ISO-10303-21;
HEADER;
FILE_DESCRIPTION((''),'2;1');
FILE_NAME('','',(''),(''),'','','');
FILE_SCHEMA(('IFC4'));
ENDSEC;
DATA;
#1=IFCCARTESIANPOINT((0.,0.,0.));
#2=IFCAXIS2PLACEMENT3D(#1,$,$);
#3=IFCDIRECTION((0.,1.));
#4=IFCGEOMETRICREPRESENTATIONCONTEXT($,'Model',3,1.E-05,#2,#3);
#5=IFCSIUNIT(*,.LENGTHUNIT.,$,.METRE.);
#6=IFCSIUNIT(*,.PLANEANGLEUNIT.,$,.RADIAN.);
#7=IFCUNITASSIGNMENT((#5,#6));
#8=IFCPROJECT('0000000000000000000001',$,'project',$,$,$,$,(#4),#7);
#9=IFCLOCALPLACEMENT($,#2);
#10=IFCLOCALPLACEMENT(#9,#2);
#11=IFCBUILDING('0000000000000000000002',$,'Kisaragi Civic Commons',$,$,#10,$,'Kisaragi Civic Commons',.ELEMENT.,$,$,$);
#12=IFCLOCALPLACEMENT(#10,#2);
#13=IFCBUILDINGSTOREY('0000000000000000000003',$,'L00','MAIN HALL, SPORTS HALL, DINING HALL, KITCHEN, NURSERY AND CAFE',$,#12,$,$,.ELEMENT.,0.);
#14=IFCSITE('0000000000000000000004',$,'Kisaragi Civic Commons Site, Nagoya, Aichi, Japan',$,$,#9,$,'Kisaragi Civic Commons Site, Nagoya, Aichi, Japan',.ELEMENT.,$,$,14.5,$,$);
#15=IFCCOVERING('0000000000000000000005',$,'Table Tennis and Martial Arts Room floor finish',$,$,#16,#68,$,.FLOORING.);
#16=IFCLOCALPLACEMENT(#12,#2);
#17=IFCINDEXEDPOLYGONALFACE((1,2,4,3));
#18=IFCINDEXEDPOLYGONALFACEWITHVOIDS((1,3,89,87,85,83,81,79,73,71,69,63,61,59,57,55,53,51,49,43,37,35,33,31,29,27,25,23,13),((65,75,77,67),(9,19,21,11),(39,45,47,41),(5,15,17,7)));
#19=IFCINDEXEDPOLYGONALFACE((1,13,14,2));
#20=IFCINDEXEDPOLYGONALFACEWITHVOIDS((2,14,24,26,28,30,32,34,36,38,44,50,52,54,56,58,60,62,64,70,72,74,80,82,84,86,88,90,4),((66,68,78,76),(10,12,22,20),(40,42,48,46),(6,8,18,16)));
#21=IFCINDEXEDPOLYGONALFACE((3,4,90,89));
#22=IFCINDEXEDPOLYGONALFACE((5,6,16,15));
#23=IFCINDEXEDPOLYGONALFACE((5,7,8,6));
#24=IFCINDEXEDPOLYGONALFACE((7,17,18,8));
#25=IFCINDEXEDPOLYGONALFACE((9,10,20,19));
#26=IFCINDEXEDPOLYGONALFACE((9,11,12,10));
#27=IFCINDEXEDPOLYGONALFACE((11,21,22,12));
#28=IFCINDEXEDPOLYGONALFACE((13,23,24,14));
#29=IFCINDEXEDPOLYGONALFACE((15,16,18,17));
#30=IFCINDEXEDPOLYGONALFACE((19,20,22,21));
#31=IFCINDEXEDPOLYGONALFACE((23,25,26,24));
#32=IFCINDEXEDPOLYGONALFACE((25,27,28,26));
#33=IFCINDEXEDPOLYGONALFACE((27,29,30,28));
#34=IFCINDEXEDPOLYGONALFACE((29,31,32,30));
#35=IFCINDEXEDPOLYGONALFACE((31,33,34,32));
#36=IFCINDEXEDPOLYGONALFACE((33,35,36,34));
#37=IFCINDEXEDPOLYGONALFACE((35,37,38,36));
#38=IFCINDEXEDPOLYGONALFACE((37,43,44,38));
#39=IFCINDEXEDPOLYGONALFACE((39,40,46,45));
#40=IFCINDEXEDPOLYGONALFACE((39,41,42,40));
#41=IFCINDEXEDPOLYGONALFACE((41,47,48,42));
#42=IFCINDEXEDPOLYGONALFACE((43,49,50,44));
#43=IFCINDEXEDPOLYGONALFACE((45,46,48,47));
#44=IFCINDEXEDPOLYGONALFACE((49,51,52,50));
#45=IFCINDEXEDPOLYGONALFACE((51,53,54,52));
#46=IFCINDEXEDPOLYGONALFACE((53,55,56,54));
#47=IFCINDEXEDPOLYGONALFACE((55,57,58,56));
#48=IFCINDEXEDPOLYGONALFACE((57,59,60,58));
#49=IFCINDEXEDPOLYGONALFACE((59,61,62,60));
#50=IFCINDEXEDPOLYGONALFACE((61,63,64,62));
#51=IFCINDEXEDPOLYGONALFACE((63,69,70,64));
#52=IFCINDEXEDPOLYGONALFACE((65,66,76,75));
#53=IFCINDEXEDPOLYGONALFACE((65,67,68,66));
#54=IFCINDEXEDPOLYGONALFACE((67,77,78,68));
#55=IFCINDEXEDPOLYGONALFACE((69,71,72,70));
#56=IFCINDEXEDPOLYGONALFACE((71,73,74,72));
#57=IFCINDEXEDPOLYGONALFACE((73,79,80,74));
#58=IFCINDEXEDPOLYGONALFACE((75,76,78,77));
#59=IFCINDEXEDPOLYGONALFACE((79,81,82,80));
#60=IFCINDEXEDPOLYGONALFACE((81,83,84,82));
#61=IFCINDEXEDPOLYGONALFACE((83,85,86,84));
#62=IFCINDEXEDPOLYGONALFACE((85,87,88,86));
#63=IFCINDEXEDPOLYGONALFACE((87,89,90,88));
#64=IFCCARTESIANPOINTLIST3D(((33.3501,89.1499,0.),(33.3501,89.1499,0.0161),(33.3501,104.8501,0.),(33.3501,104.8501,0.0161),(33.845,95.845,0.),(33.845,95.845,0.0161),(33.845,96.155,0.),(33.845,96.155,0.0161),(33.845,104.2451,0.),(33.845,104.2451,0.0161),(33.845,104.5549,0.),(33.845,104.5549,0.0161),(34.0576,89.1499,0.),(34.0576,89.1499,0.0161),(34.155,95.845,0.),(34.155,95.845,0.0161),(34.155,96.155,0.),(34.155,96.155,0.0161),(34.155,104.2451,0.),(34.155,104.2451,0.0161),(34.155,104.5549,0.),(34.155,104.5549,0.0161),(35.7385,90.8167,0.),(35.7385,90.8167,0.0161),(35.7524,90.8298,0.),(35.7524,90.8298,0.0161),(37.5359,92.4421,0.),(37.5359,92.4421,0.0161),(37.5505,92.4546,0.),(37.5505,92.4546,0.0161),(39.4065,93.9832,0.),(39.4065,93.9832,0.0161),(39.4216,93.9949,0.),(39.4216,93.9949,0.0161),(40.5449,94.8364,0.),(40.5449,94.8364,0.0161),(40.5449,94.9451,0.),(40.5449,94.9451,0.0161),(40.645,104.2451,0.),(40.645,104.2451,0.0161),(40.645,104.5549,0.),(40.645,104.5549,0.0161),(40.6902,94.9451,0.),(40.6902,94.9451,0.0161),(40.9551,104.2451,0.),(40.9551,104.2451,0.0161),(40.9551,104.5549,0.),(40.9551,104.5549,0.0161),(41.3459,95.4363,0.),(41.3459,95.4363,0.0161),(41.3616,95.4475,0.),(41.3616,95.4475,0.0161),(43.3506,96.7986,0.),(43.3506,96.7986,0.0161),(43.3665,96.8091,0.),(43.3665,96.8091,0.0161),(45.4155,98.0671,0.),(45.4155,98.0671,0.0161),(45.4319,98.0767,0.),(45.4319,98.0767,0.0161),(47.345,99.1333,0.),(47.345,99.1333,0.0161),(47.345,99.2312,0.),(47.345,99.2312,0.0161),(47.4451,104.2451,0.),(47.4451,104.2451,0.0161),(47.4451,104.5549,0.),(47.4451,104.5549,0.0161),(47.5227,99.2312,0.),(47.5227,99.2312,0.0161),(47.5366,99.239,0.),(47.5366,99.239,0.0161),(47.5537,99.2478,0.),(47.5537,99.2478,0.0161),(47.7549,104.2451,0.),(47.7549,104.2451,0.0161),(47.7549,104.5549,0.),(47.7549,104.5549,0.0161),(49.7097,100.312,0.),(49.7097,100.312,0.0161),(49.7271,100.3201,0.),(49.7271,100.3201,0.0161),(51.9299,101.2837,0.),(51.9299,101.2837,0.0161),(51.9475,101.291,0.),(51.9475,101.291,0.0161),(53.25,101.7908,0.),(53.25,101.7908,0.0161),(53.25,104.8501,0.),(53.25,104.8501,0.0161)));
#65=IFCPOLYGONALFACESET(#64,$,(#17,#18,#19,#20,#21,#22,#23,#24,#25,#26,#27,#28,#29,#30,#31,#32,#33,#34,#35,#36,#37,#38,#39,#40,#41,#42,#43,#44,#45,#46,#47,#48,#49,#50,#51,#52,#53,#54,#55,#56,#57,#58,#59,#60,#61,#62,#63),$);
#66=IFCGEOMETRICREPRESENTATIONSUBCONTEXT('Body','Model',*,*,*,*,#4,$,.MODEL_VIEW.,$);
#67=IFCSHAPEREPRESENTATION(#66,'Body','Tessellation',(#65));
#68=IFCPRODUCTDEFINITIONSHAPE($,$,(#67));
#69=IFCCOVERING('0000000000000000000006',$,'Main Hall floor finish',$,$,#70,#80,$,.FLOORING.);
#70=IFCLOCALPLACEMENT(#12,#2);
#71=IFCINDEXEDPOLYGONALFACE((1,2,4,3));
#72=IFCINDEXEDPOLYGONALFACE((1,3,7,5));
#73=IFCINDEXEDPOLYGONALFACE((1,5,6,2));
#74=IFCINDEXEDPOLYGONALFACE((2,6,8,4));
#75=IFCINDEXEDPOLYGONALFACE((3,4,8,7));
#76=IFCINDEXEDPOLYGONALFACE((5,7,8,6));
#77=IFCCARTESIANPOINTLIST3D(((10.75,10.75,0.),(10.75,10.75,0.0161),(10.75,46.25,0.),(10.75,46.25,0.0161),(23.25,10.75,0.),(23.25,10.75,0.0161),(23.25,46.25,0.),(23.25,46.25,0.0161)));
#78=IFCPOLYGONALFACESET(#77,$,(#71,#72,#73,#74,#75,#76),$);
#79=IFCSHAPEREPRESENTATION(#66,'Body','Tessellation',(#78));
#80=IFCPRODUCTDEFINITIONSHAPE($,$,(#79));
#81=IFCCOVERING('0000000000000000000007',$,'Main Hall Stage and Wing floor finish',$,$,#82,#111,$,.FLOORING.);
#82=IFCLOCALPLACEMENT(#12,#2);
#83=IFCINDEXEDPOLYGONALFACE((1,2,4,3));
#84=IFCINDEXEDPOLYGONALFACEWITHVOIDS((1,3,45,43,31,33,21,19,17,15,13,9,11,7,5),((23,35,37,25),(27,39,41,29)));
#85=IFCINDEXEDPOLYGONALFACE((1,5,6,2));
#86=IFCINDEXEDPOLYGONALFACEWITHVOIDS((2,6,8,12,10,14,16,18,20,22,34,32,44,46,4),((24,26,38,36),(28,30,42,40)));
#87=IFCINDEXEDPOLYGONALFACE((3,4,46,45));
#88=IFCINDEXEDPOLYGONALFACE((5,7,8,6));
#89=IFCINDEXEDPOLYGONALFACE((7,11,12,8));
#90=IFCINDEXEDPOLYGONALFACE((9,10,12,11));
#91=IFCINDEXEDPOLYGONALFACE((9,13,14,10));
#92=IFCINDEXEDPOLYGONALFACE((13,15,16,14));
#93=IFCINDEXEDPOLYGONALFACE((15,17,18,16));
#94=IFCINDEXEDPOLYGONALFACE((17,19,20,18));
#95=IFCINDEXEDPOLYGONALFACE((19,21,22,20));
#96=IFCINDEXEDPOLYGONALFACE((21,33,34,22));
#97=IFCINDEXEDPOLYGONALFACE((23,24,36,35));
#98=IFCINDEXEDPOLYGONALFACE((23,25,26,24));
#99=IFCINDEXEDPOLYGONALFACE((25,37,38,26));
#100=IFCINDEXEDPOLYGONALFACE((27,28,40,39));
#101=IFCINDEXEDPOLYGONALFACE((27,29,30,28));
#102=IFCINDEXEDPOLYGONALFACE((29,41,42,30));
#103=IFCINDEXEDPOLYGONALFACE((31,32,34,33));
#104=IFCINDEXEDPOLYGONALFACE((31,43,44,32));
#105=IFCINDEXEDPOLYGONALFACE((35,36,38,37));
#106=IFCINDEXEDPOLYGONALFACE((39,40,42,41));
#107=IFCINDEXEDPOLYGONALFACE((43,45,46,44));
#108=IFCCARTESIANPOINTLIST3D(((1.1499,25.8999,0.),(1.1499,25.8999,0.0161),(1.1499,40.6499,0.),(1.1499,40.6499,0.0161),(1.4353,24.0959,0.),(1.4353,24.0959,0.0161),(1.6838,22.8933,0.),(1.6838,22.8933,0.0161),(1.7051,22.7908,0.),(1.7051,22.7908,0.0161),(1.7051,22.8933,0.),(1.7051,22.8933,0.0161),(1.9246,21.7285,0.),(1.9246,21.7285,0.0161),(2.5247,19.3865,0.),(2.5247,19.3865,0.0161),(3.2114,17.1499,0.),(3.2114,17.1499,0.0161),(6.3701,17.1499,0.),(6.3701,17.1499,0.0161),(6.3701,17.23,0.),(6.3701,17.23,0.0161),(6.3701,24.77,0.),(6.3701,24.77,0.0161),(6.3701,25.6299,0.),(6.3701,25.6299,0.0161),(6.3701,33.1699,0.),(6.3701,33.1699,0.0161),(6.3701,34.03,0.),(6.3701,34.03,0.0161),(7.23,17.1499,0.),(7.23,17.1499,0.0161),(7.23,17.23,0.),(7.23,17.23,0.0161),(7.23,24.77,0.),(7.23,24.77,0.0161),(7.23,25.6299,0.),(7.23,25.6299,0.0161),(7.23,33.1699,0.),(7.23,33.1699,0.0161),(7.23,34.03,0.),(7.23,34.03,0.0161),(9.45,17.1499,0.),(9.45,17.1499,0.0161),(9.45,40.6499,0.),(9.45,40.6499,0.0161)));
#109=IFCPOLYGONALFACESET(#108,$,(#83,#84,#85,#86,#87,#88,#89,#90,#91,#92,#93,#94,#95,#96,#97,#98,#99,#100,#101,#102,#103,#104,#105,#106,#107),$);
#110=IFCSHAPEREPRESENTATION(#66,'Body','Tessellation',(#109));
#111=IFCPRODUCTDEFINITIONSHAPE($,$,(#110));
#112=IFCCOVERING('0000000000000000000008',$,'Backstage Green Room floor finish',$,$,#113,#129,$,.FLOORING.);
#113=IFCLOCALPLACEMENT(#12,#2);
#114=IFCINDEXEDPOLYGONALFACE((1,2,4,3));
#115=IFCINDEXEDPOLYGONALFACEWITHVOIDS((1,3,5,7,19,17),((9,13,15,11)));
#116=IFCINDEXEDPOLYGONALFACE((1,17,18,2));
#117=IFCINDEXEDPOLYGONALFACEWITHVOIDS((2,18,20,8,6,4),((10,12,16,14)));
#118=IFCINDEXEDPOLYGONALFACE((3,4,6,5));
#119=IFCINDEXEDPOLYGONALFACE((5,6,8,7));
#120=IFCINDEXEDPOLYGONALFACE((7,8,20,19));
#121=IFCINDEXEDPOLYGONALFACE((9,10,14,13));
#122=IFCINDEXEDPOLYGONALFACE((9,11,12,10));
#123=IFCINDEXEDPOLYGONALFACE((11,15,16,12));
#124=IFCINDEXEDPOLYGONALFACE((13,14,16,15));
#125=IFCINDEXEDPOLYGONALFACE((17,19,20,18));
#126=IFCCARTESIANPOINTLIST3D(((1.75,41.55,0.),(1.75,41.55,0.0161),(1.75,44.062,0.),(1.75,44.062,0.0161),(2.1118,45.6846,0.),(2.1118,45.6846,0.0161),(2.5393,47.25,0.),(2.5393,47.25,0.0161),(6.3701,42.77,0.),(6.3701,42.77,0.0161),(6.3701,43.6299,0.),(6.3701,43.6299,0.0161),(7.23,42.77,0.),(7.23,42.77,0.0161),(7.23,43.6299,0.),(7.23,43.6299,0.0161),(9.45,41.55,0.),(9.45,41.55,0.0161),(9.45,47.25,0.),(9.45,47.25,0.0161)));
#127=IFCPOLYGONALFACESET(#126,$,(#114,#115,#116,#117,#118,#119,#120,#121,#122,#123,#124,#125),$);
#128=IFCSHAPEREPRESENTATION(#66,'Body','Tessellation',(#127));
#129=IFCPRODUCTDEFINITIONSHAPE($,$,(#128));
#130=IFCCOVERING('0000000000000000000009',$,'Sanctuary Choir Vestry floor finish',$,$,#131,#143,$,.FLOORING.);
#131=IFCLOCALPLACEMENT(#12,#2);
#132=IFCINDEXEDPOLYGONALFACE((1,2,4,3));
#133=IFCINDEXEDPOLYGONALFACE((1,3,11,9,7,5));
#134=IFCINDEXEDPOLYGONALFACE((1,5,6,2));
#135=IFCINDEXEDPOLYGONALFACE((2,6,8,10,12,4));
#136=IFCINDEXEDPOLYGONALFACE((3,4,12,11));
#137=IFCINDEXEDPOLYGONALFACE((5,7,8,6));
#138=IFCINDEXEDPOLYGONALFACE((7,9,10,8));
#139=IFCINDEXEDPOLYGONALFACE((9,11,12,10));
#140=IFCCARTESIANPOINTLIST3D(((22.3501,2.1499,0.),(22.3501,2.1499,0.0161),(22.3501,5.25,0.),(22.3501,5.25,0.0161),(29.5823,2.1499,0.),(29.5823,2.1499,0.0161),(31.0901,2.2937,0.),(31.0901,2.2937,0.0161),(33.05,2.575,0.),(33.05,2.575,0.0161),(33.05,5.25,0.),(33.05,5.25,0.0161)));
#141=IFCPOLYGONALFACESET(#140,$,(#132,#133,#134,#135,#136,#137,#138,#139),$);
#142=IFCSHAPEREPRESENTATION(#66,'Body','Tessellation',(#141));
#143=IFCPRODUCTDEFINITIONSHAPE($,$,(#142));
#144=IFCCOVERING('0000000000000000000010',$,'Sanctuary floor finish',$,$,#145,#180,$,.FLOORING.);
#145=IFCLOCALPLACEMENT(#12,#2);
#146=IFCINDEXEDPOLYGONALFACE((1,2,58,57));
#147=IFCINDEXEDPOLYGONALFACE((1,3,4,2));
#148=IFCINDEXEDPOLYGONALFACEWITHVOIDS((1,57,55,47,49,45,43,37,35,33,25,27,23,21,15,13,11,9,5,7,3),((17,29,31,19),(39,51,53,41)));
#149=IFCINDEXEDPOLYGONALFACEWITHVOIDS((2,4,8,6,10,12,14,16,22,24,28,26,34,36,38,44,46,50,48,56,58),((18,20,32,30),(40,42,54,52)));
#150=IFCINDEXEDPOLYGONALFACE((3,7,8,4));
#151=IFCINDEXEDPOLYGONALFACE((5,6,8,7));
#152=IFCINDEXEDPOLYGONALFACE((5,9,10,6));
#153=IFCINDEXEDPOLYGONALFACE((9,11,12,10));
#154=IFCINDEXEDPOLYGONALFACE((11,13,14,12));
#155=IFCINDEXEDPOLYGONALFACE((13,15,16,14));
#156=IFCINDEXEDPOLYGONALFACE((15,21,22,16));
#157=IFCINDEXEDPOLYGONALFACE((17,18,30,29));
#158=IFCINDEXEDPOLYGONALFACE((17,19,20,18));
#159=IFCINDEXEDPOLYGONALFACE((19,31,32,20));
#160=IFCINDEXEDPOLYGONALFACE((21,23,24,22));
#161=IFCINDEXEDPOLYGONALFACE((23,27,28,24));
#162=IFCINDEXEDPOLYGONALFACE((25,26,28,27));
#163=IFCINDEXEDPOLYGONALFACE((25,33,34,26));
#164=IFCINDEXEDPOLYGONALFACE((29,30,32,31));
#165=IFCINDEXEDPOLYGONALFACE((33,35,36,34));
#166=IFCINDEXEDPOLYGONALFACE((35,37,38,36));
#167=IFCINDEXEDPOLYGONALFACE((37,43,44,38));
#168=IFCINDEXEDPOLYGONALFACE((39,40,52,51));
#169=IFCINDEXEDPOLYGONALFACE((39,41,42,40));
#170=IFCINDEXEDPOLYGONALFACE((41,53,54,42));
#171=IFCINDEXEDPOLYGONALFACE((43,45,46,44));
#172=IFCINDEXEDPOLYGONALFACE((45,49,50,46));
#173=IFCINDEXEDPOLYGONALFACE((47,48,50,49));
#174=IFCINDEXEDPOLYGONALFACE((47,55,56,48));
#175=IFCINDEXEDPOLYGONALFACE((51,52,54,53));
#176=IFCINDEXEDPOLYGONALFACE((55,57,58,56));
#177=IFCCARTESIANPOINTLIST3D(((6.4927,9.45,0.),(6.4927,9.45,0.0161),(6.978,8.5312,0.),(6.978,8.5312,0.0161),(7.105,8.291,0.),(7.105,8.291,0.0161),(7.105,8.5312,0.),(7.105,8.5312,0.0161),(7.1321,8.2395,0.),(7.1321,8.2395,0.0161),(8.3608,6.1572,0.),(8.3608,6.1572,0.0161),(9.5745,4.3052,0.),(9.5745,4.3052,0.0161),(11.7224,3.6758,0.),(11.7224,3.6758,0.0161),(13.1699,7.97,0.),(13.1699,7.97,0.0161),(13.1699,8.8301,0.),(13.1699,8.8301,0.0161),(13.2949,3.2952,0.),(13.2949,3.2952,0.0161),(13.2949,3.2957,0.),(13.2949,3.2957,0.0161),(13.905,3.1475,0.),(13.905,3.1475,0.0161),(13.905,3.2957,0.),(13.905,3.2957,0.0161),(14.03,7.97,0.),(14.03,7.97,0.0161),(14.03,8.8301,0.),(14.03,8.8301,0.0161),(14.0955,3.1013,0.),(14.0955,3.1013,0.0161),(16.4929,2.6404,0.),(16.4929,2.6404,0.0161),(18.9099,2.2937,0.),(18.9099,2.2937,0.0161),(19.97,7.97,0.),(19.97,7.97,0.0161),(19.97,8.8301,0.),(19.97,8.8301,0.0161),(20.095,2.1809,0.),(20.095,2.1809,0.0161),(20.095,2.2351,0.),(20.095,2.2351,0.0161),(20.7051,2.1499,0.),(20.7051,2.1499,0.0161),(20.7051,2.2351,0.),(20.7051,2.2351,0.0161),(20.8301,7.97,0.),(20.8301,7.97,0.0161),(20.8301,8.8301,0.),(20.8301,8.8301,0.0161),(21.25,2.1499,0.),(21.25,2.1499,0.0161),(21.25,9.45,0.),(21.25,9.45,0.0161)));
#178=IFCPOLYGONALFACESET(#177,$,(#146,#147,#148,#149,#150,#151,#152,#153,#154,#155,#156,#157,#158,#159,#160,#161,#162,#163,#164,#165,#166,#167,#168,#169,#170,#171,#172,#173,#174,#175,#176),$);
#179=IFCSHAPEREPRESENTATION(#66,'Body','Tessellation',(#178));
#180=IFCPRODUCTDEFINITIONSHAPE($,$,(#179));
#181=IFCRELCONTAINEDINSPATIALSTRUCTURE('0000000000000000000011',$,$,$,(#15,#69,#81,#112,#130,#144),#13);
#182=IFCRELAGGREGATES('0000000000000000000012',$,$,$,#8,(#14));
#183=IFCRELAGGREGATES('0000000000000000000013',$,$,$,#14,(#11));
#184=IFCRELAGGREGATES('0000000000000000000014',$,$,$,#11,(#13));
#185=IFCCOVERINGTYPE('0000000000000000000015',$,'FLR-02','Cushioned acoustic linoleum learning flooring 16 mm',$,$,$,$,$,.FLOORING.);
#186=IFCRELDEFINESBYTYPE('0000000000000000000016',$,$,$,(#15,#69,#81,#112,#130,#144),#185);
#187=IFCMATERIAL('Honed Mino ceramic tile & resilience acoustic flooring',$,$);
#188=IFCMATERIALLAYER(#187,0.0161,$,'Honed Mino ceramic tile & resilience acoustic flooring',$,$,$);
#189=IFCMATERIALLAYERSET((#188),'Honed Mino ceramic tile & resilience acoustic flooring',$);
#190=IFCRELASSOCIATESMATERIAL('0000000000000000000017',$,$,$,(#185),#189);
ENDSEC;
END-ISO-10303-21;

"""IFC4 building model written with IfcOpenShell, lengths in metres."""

from ifc_helpers import new_model, si_unit, direction, origin, place, context, subcontext, project, spatial, polyline, outline, extrude, material, layer, layer_set, type_object, element, save


model = new_model("IFC4")

# Units and contexts
model_context = context("Model", 3, precision=1e-05, world=origin(), true_north=direction((0.0, 1.0)))
body_context = subcontext(model_context, "Body", "Model", "MODEL_VIEW")
ifc_project = project(units=[si_unit("LENGTHUNIT", "METRE"), si_unit("PLANEANGLEUNIT", "RADIAN")], contexts=[model_context])

# Site, building, storey
site_placement = place(None, origin())
site = spatial("IfcSite", under=ifc_project, at=site_placement, Name="Kisaragi Civic Commons Site, Nagoya, Aichi, Japan", LongName="Kisaragi Civic Commons Site, Nagoya, Aichi, Japan", CompositionType="ELEMENT", RefElevation=14.5)
building_placement = place(site_placement, origin())
building = spatial("IfcBuilding", under=site, at=building_placement, Name="Kisaragi Civic Commons", LongName="Kisaragi Civic Commons", CompositionType="ELEMENT")
storey_placement = place(building_placement, origin())
storey = spatial("IfcBuildingStorey", under=building, at=storey_placement, Name="L00", Description="MAIN HALL, SPORTS HALL, DINING HALL, KITCHEN, NURSERY AND CAFE", CompositionType="ELEMENT", Elevation=0.0)

# Coverings
ifc_material_1 = material(Name="Honed Mino ceramic tile & resilience acoustic flooring")
ifc_layer_1 = layer(ifc_material_1, 0.0161, Name="Honed Mino ceramic tile & resilience acoustic flooring")
ifc_layer_set_1 = layer_set([ifc_layer_1], Name="Honed Mino ceramic tile & resilience acoustic flooring")
covering_type_1 = type_object("IfcCoveringType", Name="FLR-02", Description="Cushioned acoustic linoleum learning flooring 16 mm", PredefinedType="FLOORING", material=ifc_layer_set_1)
covering_1_placement = place(storey_placement, origin())
element("IfcCovering", 1, at=covering_1_placement, inside=storey, type_object=covering_type_1, Name="Table Tennis and Martial Arts Room floor finish", PredefinedType="FLOORING", context=body_context, shape_type="SweptSolid", body=[
    extrude(outline(polyline([(33.3501, 104.8501), (33.3501, 89.1499), (34.0576, 89.1499), (35.7385, 90.8167), (35.7524, 90.8298), (37.5359, 92.4421), (37.5505, 92.4546), (39.4065, 93.9832), (39.4216, 93.9949), (40.5449, 94.8364), (40.5449, 94.9451), (40.6902, 94.9451), (41.3459, 95.4363), (41.3616, 95.4475), (43.3506, 96.7986), (43.3665, 96.8091), (45.4155, 98.0671), (45.4319, 98.0767), (47.345, 99.1333), (47.345, 99.2312), (47.5227, 99.2312), (47.5366, 99.239), (47.5537, 99.2478), (49.7097, 100.312), (49.7271, 100.3201), (51.9299, 101.2837), (51.9475, 101.291), (53.25, 101.7908), (53.25, 104.8501), (33.3501, 104.8501)]), holes=[polyline([(34.155, 95.845), (33.845, 95.845), (33.845, 96.155), (34.155, 96.155), (34.155, 95.845)]), polyline([(34.155, 104.2451), (33.845, 104.2451), (33.845, 104.5549), (34.155, 104.5549), (34.155, 104.2451)]), polyline([(47.7549, 104.2451), (47.4451, 104.2451), (47.4451, 104.5549), (47.7549, 104.5549), (47.7549, 104.2451)]), polyline([(40.9551, 104.2451), (40.645, 104.2451), (40.645, 104.5549), (40.9551, 104.5549), (40.9551, 104.2451)])]), origin(), (0.0, 0.0, 1.0), 0.0161),
])
covering_2_placement = place(storey_placement, origin())
element("IfcCovering", 2, at=covering_2_placement, inside=storey, type_object=covering_type_1, Name="Main Hall floor finish", PredefinedType="FLOORING", context=body_context, shape_type="SweptSolid", body=[
    extrude(outline(polyline([(23.25, 10.75), (23.25, 46.25), (10.75, 46.25), (10.75, 10.75), (23.25, 10.75)])), origin(), (0.0, 0.0, 1.0), 0.0161),
])
covering_3_placement = place(storey_placement, origin())
element("IfcCovering", 3, at=covering_3_placement, inside=storey, type_object=covering_type_1, Name="Main Hall Stage and Wing floor finish", PredefinedType="FLOORING", context=body_context, shape_type="SweptSolid", body=[
    extrude(outline(polyline([(1.1499, 40.6499), (1.1499, 25.8999), (1.4353, 24.0959), (1.6838, 22.8933), (1.7051, 22.8933), (1.7051, 22.7908), (1.9246, 21.7285), (2.5247, 19.3865), (3.2114, 17.1499), (6.3701, 17.1499), (6.3701, 17.23), (7.23, 17.23), (7.23, 17.1499), (9.45, 17.1499), (9.45, 40.6499), (1.1499, 40.6499)]), holes=[polyline([(7.23, 24.77), (6.3701, 24.77), (6.3701, 25.6299), (7.23, 25.6299), (7.23, 24.77)]), polyline([(7.23, 33.1699), (6.3701, 33.1699), (6.3701, 34.03), (7.23, 34.03), (7.23, 33.1699)])]), origin(), (0.0, 0.0, 1.0), 0.0161),
])
covering_4_placement = place(storey_placement, origin())
element("IfcCovering", 4, at=covering_4_placement, inside=storey, type_object=covering_type_1, Name="Backstage Green Room floor finish", PredefinedType="FLOORING", context=body_context, shape_type="SweptSolid", body=[
    extrude(outline(polyline([(1.75, 41.55), (9.45, 41.55), (9.45, 47.25), (2.5393, 47.25), (2.1118, 45.6846), (1.75, 44.062), (1.75, 41.55)]), holes=[polyline([(7.23, 42.77), (6.3701, 42.77), (6.3701, 43.6299), (7.23, 43.6299), (7.23, 42.77)])]), origin(), (0.0, 0.0, 1.0), 0.0161),
])
covering_5_placement = place(storey_placement, origin())
element("IfcCovering", 5, at=covering_5_placement, inside=storey, type_object=covering_type_1, Name="Sanctuary Choir Vestry floor finish", PredefinedType="FLOORING", context=body_context, shape_type="SweptSolid", body=[
    extrude(outline(polyline([(33.05, 5.25), (22.3501, 5.25), (22.3501, 2.1499), (29.5823, 2.1499), (31.0901, 2.2937), (33.05, 2.575), (33.05, 5.25)])), origin(), (0.0, 0.0, 1.0), 0.0161),
])
covering_6_placement = place(storey_placement, origin())
element("IfcCovering", 6, at=covering_6_placement, inside=storey, type_object=covering_type_1, Name="Sanctuary floor finish", PredefinedType="FLOORING", context=body_context, shape_type="SweptSolid", body=[
    extrude(outline(polyline([(6.4927, 9.45), (6.978, 8.5312), (7.105, 8.5312), (7.105, 8.291), (7.1321, 8.2395), (8.3608, 6.1572), (9.5745, 4.3052), (11.7224, 3.6758), (13.2949, 3.2952), (13.2949, 3.2957), (13.905, 3.2957), (13.905, 3.1475), (14.0955, 3.1013), (16.4929, 2.6404), (18.9099, 2.2937), (20.095, 2.1809), (20.095, 2.2351), (20.7051, 2.2351), (20.7051, 2.1499), (21.25, 2.1499), (21.25, 9.45), (6.4927, 9.45)]), holes=[polyline([(20.8301, 7.97), (19.97, 7.97), (19.97, 8.8301), (20.8301, 8.8301), (20.8301, 7.97)]), polyline([(14.03, 7.97), (13.1699, 7.97), (13.1699, 8.8301), (14.03, 8.8301), (14.03, 7.97)])]), origin(), (0.0, 0.0, 1.0), 0.0161),
])

save(model, "model.ifc")
